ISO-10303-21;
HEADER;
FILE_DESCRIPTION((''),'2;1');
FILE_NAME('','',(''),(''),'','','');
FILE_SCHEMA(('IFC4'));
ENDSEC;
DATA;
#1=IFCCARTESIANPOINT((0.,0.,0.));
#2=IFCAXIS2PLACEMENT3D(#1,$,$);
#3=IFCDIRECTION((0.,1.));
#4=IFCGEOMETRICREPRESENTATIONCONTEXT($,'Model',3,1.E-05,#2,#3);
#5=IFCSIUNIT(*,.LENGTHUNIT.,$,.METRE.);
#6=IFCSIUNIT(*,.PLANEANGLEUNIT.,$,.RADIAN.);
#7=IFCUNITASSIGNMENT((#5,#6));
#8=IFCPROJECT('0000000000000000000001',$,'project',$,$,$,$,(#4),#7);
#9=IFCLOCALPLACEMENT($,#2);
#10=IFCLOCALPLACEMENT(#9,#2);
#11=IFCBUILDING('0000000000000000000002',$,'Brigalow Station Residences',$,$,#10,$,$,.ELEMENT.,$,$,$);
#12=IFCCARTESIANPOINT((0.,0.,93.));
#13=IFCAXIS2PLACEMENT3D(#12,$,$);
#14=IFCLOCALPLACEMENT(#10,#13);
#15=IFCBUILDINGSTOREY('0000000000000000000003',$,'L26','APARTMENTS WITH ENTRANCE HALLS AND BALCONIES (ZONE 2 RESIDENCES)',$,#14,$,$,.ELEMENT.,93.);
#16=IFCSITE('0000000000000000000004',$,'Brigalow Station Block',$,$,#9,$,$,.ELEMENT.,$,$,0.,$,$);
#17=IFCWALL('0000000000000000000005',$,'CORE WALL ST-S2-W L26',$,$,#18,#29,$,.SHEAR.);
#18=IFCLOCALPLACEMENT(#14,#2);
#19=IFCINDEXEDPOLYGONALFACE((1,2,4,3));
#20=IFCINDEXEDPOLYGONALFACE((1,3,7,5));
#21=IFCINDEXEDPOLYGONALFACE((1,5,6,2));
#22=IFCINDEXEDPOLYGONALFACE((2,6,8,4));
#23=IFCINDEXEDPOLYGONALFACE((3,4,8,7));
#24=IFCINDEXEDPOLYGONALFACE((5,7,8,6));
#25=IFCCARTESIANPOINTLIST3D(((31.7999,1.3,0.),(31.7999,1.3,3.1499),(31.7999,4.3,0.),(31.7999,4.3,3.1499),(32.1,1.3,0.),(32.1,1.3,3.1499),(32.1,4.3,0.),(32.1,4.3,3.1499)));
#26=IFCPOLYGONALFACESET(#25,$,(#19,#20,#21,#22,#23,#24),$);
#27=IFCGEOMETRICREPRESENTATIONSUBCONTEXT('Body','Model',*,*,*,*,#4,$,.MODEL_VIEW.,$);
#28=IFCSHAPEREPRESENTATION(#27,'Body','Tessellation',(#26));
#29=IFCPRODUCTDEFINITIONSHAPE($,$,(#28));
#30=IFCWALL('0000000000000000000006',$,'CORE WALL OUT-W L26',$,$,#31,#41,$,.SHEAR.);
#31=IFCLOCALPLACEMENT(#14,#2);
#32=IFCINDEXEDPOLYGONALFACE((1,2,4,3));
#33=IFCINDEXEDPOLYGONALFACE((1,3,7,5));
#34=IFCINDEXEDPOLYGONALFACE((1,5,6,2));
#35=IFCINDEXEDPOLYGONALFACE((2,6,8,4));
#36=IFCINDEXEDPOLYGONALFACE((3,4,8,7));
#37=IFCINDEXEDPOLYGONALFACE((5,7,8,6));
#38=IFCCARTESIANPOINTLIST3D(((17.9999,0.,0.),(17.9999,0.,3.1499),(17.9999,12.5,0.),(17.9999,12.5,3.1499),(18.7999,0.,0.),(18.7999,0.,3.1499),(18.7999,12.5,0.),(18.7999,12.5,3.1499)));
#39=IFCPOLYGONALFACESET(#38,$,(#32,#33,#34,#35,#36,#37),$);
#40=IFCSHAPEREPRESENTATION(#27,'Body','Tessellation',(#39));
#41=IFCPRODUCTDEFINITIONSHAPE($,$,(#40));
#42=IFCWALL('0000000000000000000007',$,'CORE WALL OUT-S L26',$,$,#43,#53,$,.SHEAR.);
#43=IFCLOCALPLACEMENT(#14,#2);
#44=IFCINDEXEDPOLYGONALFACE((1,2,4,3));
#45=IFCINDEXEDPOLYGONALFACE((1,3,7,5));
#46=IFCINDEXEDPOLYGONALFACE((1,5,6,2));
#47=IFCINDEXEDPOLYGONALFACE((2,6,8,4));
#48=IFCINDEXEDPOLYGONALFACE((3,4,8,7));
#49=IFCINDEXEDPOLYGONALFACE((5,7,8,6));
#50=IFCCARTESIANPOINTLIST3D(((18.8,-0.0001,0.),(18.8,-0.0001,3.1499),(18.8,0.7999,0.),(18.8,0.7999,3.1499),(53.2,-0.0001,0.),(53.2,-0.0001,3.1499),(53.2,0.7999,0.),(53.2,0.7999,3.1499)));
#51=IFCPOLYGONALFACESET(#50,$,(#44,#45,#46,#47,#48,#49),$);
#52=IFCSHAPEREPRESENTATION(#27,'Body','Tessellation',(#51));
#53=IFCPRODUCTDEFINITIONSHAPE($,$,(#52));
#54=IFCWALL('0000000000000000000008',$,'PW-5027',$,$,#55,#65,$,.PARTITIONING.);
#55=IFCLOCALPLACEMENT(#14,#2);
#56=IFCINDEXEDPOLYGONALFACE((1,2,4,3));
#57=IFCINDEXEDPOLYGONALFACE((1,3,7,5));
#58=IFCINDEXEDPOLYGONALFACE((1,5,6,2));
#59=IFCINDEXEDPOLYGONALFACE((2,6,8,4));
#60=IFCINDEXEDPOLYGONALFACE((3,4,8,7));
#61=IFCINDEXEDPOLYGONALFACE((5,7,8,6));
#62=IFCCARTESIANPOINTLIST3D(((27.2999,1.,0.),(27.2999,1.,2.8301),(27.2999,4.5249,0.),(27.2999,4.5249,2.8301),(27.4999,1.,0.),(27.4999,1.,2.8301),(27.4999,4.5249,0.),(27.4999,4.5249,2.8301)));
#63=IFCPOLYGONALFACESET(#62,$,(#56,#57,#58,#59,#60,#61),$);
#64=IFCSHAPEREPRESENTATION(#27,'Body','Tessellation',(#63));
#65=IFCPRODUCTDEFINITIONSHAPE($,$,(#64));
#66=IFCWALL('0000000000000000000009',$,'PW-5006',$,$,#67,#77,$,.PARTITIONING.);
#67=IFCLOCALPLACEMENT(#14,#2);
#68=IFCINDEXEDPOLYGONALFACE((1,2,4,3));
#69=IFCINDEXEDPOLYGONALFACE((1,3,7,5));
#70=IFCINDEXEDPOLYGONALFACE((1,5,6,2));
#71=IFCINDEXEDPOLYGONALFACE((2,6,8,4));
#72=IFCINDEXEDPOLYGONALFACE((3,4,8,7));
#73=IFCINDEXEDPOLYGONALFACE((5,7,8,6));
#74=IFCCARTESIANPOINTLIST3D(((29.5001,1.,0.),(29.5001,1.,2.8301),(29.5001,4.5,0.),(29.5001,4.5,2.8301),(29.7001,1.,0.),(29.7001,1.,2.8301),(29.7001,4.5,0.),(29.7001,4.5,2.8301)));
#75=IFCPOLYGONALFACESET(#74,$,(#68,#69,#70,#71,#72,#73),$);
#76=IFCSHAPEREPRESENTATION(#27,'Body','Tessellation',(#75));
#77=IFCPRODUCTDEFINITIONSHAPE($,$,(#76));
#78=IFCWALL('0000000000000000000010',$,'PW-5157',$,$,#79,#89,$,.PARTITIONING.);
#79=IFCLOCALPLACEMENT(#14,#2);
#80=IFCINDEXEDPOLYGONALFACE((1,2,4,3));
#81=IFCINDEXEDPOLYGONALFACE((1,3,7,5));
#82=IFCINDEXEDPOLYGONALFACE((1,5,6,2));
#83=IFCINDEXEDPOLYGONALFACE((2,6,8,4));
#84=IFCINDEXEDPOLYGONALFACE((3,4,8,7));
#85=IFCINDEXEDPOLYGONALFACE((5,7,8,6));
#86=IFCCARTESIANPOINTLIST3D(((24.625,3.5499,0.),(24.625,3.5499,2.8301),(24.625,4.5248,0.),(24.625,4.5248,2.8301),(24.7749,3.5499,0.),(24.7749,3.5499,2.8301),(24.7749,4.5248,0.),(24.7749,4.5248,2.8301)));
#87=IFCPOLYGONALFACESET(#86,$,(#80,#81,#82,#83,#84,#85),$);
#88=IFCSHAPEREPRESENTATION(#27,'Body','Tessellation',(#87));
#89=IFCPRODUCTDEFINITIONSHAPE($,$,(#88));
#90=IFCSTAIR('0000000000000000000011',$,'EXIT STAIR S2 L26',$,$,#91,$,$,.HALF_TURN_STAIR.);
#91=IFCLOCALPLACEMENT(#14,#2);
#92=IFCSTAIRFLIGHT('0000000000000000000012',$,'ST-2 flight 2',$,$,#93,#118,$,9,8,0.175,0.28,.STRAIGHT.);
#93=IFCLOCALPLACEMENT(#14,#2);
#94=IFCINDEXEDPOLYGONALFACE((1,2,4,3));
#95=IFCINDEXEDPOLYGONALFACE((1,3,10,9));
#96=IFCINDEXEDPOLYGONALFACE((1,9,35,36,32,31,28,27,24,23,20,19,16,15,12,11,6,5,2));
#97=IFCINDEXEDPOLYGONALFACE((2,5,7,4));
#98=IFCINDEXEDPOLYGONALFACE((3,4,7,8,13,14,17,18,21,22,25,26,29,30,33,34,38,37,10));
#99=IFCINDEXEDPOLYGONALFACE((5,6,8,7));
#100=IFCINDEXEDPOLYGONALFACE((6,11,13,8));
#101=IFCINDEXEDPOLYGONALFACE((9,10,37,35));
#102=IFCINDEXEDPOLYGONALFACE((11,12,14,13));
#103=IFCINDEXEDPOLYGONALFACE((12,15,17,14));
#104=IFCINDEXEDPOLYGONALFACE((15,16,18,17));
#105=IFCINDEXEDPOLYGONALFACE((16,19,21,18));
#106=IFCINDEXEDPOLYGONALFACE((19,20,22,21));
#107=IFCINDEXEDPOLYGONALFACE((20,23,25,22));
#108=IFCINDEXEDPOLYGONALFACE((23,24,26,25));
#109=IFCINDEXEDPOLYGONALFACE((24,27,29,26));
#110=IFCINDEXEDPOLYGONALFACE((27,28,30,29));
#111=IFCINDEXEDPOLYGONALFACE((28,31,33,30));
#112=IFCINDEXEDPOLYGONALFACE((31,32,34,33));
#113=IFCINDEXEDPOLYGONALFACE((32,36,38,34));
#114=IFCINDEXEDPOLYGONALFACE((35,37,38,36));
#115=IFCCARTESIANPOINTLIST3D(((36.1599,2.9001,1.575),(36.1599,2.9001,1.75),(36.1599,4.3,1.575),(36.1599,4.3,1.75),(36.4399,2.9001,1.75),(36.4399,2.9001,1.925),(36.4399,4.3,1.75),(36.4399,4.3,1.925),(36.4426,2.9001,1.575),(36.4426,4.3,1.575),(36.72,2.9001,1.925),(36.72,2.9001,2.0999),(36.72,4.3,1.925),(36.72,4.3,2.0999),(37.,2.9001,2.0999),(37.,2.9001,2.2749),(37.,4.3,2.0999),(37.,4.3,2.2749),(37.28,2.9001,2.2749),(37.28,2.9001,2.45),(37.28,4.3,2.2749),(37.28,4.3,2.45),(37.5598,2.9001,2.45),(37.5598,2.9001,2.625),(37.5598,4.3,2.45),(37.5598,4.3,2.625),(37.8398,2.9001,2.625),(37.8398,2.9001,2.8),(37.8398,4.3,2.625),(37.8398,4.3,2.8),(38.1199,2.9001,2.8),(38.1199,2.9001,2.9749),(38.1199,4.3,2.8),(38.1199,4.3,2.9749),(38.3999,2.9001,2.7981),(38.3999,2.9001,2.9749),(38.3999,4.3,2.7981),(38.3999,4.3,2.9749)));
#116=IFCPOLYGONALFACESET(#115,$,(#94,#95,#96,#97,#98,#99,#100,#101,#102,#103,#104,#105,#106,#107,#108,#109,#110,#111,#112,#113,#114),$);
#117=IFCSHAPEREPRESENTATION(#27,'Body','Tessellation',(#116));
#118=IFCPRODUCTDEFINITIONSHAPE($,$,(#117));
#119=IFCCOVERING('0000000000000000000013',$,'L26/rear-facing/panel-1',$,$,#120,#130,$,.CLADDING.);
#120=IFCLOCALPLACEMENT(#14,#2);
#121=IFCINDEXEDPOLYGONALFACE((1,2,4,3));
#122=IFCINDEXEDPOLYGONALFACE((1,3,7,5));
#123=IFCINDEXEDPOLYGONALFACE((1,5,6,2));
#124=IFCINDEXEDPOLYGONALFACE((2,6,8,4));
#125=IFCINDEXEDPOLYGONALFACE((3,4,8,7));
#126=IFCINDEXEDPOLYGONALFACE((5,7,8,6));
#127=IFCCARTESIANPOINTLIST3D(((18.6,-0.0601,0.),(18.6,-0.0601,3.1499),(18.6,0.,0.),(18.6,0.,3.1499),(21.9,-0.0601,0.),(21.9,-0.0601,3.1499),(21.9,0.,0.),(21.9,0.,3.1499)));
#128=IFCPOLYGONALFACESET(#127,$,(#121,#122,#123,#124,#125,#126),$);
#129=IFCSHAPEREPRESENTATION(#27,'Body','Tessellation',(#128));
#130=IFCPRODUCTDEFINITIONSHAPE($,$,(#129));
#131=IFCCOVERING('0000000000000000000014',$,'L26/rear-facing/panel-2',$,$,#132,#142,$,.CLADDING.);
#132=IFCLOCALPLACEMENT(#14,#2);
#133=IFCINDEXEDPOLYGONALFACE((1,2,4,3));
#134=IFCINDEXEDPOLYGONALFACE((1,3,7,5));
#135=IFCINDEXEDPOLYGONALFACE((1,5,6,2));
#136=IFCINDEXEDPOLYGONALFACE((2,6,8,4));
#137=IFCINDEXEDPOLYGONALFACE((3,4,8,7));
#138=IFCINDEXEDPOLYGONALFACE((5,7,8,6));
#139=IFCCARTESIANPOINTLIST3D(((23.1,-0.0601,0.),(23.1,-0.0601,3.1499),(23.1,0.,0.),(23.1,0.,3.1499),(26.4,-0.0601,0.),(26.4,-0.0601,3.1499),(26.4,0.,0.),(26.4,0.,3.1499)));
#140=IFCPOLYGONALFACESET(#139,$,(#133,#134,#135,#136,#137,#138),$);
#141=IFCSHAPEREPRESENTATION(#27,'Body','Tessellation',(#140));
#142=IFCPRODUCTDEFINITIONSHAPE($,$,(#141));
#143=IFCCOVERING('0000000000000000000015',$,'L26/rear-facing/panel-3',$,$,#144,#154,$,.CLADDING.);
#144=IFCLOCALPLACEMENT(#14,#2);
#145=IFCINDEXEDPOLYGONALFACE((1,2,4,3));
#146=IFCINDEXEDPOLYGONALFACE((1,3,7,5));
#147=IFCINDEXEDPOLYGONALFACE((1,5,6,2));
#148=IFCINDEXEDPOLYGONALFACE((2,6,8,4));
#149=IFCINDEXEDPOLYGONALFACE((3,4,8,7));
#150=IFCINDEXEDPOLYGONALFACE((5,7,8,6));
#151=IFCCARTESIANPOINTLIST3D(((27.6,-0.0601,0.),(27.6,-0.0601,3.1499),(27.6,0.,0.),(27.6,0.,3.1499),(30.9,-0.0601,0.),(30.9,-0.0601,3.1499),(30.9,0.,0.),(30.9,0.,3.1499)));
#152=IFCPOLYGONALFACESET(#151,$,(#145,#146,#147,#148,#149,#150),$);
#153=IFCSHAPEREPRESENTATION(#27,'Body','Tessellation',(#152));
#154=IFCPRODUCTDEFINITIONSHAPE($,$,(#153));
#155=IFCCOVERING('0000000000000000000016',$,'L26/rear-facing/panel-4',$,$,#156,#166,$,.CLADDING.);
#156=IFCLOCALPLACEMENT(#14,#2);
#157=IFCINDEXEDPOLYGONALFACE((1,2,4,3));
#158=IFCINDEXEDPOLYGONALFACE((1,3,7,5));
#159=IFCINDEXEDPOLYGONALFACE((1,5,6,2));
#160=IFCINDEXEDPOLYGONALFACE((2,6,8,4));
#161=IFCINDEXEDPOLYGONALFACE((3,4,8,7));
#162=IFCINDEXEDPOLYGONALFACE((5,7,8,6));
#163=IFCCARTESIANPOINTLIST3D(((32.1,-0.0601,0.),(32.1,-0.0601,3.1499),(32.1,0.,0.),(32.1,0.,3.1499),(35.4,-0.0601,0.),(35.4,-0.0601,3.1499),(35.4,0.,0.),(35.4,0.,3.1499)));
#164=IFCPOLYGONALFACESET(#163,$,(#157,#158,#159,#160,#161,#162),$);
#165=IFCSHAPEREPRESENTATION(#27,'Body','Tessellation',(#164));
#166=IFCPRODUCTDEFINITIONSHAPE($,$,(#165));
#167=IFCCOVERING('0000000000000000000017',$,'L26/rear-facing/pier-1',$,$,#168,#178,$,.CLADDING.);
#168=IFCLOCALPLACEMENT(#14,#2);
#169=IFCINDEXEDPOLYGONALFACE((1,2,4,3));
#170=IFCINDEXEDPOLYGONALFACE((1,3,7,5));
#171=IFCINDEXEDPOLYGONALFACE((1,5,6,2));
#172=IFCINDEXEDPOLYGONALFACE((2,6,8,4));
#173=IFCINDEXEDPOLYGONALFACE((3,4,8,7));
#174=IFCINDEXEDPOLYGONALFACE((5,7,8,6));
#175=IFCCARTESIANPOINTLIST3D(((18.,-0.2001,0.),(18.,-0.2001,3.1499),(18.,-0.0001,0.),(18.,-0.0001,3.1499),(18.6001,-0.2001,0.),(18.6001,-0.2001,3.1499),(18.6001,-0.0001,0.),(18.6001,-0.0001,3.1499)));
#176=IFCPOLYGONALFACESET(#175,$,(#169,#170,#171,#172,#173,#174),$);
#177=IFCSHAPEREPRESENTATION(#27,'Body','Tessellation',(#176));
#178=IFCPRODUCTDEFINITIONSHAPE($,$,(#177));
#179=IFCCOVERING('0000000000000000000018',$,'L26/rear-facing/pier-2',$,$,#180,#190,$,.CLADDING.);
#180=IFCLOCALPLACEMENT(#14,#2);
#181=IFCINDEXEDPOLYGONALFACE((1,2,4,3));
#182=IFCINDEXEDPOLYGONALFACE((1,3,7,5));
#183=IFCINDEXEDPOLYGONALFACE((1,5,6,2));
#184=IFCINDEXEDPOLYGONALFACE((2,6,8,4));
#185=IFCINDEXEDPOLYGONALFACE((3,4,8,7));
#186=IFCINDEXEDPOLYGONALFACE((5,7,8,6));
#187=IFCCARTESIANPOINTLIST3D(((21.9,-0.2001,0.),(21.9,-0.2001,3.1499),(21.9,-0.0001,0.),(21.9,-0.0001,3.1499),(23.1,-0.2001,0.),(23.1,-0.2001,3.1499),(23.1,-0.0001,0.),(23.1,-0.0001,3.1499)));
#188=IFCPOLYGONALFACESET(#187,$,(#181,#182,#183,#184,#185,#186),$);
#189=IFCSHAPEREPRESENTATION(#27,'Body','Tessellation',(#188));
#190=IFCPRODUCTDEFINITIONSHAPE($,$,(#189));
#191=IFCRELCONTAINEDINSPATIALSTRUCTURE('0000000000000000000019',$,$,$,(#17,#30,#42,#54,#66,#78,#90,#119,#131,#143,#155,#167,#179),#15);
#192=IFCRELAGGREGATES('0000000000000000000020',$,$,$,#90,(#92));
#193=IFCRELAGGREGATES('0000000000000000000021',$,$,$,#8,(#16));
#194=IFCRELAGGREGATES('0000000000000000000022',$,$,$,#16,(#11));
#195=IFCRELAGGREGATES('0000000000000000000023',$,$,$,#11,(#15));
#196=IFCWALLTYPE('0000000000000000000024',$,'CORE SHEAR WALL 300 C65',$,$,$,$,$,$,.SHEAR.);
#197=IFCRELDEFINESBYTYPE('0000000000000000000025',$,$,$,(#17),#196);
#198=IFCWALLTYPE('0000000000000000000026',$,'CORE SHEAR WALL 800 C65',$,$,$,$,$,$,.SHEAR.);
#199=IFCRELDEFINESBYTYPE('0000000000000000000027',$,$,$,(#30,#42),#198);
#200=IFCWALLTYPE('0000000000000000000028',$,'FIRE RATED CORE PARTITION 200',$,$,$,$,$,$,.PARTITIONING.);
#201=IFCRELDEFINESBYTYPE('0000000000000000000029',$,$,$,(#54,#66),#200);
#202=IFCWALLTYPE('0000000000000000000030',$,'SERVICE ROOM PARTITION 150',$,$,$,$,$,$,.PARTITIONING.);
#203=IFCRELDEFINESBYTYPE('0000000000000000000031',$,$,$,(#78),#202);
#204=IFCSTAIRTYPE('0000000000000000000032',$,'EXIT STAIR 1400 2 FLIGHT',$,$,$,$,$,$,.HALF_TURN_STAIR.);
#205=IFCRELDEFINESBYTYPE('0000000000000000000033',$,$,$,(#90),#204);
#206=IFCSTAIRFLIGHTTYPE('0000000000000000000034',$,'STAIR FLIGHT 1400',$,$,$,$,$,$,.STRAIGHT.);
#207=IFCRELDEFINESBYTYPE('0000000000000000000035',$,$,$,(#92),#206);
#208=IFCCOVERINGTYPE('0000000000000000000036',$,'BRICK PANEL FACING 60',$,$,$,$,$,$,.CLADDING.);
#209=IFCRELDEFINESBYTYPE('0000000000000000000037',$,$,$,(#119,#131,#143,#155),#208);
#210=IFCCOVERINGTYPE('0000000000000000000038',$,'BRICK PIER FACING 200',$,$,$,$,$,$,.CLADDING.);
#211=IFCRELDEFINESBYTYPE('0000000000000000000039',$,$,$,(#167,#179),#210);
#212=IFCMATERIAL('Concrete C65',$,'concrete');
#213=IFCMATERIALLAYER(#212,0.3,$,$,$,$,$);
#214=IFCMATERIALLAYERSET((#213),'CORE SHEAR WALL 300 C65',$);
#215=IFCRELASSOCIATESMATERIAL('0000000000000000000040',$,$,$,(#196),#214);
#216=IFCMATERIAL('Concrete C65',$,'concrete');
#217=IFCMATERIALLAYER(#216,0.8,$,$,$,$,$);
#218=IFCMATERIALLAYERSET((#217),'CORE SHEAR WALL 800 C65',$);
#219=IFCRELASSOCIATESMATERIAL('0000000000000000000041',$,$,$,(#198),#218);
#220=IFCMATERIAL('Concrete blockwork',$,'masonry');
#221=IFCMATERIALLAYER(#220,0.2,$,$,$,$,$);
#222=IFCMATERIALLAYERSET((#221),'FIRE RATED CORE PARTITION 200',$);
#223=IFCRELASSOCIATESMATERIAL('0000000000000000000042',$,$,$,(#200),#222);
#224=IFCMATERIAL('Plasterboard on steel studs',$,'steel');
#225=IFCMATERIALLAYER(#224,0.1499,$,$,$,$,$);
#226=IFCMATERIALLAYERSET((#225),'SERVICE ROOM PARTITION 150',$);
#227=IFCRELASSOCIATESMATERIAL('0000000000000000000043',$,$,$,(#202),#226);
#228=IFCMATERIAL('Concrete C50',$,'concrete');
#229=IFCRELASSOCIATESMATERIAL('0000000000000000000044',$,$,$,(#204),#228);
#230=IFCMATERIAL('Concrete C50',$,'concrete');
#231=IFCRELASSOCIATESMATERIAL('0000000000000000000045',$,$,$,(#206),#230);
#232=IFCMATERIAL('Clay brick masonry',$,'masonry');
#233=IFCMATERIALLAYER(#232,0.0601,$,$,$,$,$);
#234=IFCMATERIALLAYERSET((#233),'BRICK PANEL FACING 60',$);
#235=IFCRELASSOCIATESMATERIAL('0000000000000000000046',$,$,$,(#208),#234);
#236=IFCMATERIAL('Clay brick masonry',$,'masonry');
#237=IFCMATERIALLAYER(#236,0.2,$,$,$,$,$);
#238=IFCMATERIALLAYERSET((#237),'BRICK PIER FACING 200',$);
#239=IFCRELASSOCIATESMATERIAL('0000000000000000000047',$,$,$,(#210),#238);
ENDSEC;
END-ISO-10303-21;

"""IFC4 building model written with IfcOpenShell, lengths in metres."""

from ifc_helpers import new_model, si_unit, direction, frame, frame_2d, origin, origin_2d, place, context, subcontext, project, spatial, polyline, rectangle, outline, extrude, material, layer, layer_set, type_object, element, aggregate, save


model = new_model("IFC4")

# Units and contexts
model_context = context("Model", 3, precision=1e-05, world=origin(), true_north=direction((0.0, 1.0)))
body_context = subcontext(model_context, "Body", "Model", "MODEL_VIEW")
ifc_project = project(units=[si_unit("LENGTHUNIT", "METRE"), si_unit("PLANEANGLEUNIT", "RADIAN")], contexts=[model_context])

# Site, building, storey
site_placement = place(None, origin())
site = spatial("IfcSite", under=ifc_project, at=site_placement, Name="Brigalow Station Block", CompositionType="ELEMENT", RefElevation=0.0)
building_placement = place(site_placement, origin())
building = spatial("IfcBuilding", under=site, at=building_placement, Name="Brigalow Station Residences", CompositionType="ELEMENT")
storey_placement = place(building_placement, frame((0.0, 0.0, 93.0)))
storey = spatial("IfcBuildingStorey", under=building, at=storey_placement, Name="L26", Description="APARTMENTS WITH ENTRANCE HALLS AND BALCONIES (ZONE 2 RESIDENCES)", CompositionType="ELEMENT", Elevation=93.0)

# Shared definitions
ifc_material_1 = material(Name="Concrete C65", Category="concrete")
ifc_layer_1 = layer(ifc_material_1, 0.3)
ifc_layer_set_1 = layer_set([ifc_layer_1], Name="CORE SHEAR WALL 300 C65")
wall_type_1 = type_object("IfcWallType", Name="CORE SHEAR WALL 300 C65", PredefinedType="SHEAR", material=ifc_layer_set_1)

# Walls
wall_1_placement = place(storey_placement, frame((31.95, 1.3, 0.0), z_axis=(0.0, 0.0, 1.0), x_axis=(0.0, 1.0, 0.0)))
element("IfcWall", 1, at=wall_1_placement, inside=storey, type_object=wall_type_1, Name="CORE WALL ST-S2-W L26", PredefinedType="SHEAR", context=body_context, shape_type="SweptSolid", body=[
    extrude(rectangle(XDim=3.0, YDim=0.3, at=frame_2d((1.5, 0.0))), origin(), (0.0, 0.0, 1.0), 3.1499),
])
ifc_material_2 = material(Name="Concrete C65", Category="concrete")
ifc_layer_2 = layer(ifc_material_2, 0.8)
ifc_layer_set_2 = layer_set([ifc_layer_2], Name="CORE SHEAR WALL 800 C65")
wall_type_2 = type_object("IfcWallType", Name="CORE SHEAR WALL 800 C65", PredefinedType="SHEAR", material=ifc_layer_set_2)
wall_2_placement = place(storey_placement, frame((18.3999, 0.0, 0.0), z_axis=(0.0, 0.0, 1.0), x_axis=(0.0, 1.0, 0.0)))
element("IfcWall", 2, at=wall_2_placement, inside=storey, type_object=wall_type_2, Name="CORE WALL OUT-W L26", PredefinedType="SHEAR", context=body_context, shape_type="SweptSolid", body=[
    extrude(rectangle(XDim=12.5, YDim=0.8, at=frame_2d((6.25, 0.0))), origin(), (0.0, 0.0, 1.0), 3.1499),
])
wall_3_placement = place(storey_placement, frame((18.8, 0.3999, 0.0), z_axis=(0.0, 0.0, 1.0), x_axis=(1.0, 0.0, 0.0)))
element("IfcWall", 3, at=wall_3_placement, inside=storey, type_object=wall_type_2, Name="CORE WALL OUT-S L26", PredefinedType="SHEAR", context=body_context, shape_type="SweptSolid", body=[
    extrude(rectangle(XDim=34.3999, YDim=0.8, at=frame_2d((17.2, 0.0))), origin(), (0.0, 0.0, 1.0), 3.1499),
])
ifc_material_3 = material(Name="Concrete blockwork", Category="masonry")
ifc_layer_3 = layer(ifc_material_3, 0.2)
ifc_layer_set_3 = layer_set([ifc_layer_3], Name="FIRE RATED CORE PARTITION 200")
wall_type_3 = type_object("IfcWallType", Name="FIRE RATED CORE PARTITION 200", PredefinedType="PARTITIONING", material=ifc_layer_set_3)
wall_4_placement = place(storey_placement, frame((27.3999, 1.0, 0.0), z_axis=(0.0, 0.0, 1.0), x_axis=(0.0, 1.0, 0.0)))
element("IfcWall", 4, at=wall_4_placement, inside=storey, type_object=wall_type_3, Name="PW-5027", PredefinedType="PARTITIONING", context=body_context, shape_type="SweptSolid", body=[
    extrude(rectangle(XDim=3.5249, YDim=0.2, at=frame_2d((1.7625, 0.0))), origin(), (0.0, 0.0, 1.0), 2.8301),
])
wall_5_placement = place(storey_placement, frame((29.6001, 1.0, 0.0), z_axis=(0.0, 0.0, 1.0), x_axis=(0.0, 1.0, 0.0)))
element("IfcWall", 5, at=wall_5_placement, inside=storey, type_object=wall_type_3, Name="PW-5006", PredefinedType="PARTITIONING", context=body_context, shape_type="SweptSolid", body=[
    extrude(rectangle(XDim=3.5, YDim=0.2, at=frame_2d((1.75, 0.0))), origin(), (0.0, 0.0, 1.0), 2.8301),
])
ifc_material_4 = material(Name="Plasterboard on steel studs", Category="steel")
ifc_layer_4 = layer(ifc_material_4, 0.1499)
ifc_layer_set_4 = layer_set([ifc_layer_4], Name="SERVICE ROOM PARTITION 150")
wall_type_4 = type_object("IfcWallType", Name="SERVICE ROOM PARTITION 150", PredefinedType="PARTITIONING", material=ifc_layer_set_4)
wall_6_placement = place(storey_placement, frame((24.7, 3.55, 0.0), z_axis=(0.0, 0.0, 1.0), x_axis=(0.0, 1.0, 0.0)))
element("IfcWall", 6, at=wall_6_placement, inside=storey, type_object=wall_type_4, Name="PW-5157", PredefinedType="PARTITIONING", context=body_context, shape_type="SweptSolid", body=[
    extrude(rectangle(XDim=0.9749, YDim=0.1499, at=frame_2d((0.4873, 0.0))), origin(), (0.0, 0.0, 1.0), 2.8301),
])

# Stair, stair flight
ifc_material_5 = material(Name="Concrete C50", Category="concrete")
stair_type = type_object("IfcStairType", Name="EXIT STAIR 1400 2 FLIGHT", PredefinedType="HALF_TURN_STAIR", material=ifc_material_5)
stair_placement = place(storey_placement, origin())
stair = element("IfcStair", 7, at=stair_placement, inside=storey, type_object=stair_type, Name="EXIT STAIR S2 L26", PredefinedType="HALF_TURN_STAIR")
ifc_material_6 = material(Name="Concrete C50", Category="concrete")
stair_flight_type = type_object("IfcStairFlightType", Name="STAIR FLIGHT 1400", PredefinedType="STRAIGHT", material=ifc_material_6)
stair_flight_placement = place(storey_placement, frame((36.1599, 3.6001, 1.575), z_axis=(0.0, 0.0, 1.0), x_axis=(1.0, 0.0, 0.0)))
stair_flight = element("IfcStairFlight", 8, at=stair_flight_placement, type_object=stair_flight_type, Name="ST-2 flight 2", NumberOfRisers=9, NumberOfTreads=8, PredefinedType="STRAIGHT", RiserHeight=0.175, TreadLength=0.28, context=body_context, shape_type="SweptSolid", body=[
    extrude(outline(polyline([(0.0, 0.0), (0.0, 0.175), (0.28, 0.175), (0.28, 0.3501), (0.5601, 0.3501), (0.5601, 0.5249), (0.8401, 0.5249), (0.8401, 0.7), (1.1201, 0.7), (1.1201, 0.875), (1.3999, 0.875), (1.3999, 1.05), (1.6799, 1.05), (1.6799, 1.2251), (1.96, 1.2251), (1.96, 1.3999), (2.24, 1.3999), (2.24, 1.575), (2.24, 1.2231), (0.2827, 0.0), (0.0, 0.0)])), frame((0.0, 0.7, 0.0), z_axis=(0.0, -1.0, 0.0), x_axis=(1.0, 0.0, 0.0)), (0.0, 0.0, 1.0), 1.3999),
])
aggregate(stair, [stair_flight])

# Coverings
ifc_material_7 = material(Name="Clay brick masonry", Category="masonry")
ifc_layer_5 = layer(ifc_material_7, 0.0601)
ifc_layer_set_5 = layer_set([ifc_layer_5], Name="BRICK PANEL FACING 60")
covering_type_1 = type_object("IfcCoveringType", Name="BRICK PANEL FACING 60", PredefinedType="CLADDING", material=ifc_layer_set_5)
for number, where, z_axis, x_axis, name in (
    (9, (20.25, -0.03, 0.0), (0.0, 0.0, 1.0), (1.0, 0.0, 0.0), "L26/rear-facing/panel-1"),
    (10, (24.75, -0.03, 0.0), (0.0, 0.0, 1.0), (1.0, 0.0, 0.0), "L26/rear-facing/panel-2"),
    (11, (29.25, -0.03, 0.0), (0.0, 0.0, 1.0), (1.0, 0.0, 0.0), "L26/rear-facing/panel-3"),
    (12, (33.75, -0.03, 0.0), (0.0, 0.0, 1.0), (1.0, 0.0, 0.0), "L26/rear-facing/panel-4"),
):
    element("IfcCovering", number, at=place(storey_placement, frame(where, z_axis=z_axis, x_axis=x_axis)), inside=storey, type_object=covering_type_1, Name=name, PredefinedType="CLADDING", context=body_context, shape_type="SweptSolid", body=[
        extrude(rectangle(XDim=3.3, YDim=0.0601, at=origin_2d()), origin(), (0.0, 0.0, 1.0), 3.1499),
    ])
ifc_material_8 = material(Name="Clay brick masonry", Category="masonry")
ifc_layer_6 = layer(ifc_material_8, 0.2)
ifc_layer_set_6 = layer_set([ifc_layer_6], Name="BRICK PIER FACING 200")
covering_type_2 = type_object("IfcCoveringType", Name="BRICK PIER FACING 200", PredefinedType="CLADDING", material=ifc_layer_set_6)
covering_placement = place(storey_placement, frame((18.3, -0.1001, 0.0), z_axis=(0.0, 0.0, 1.0), x_axis=(1.0, 0.0, 0.0)))
element("IfcCovering", 13, at=covering_placement, inside=storey, type_object=covering_type_2, Name="L26/rear-facing/pier-1", PredefinedType="CLADDING", context=body_context, shape_type="SweptSolid", body=[
    extrude(rectangle(XDim=0.6001, YDim=0.2, at=origin_2d()), origin(), (0.0, 0.0, 1.0), 3.1499),
])
for number, where, z_axis, x_axis, name in (
    (14, (22.5, -0.1001, 0.0), (0.0, 0.0, 1.0), (1.0, 0.0, 0.0), "L26/rear-facing/pier-2"),
):
    element("IfcCovering", number, at=place(storey_placement, frame(where, z_axis=z_axis, x_axis=x_axis)), inside=storey, type_object=covering_type_2, Name=name, PredefinedType="CLADDING", context=body_context, shape_type="SweptSolid", body=[
        extrude(rectangle(XDim=1.2, YDim=0.2, at=origin_2d()), origin(), (0.0, 0.0, 1.0), 3.1499),
    ])

save(model, "model.ifc")
